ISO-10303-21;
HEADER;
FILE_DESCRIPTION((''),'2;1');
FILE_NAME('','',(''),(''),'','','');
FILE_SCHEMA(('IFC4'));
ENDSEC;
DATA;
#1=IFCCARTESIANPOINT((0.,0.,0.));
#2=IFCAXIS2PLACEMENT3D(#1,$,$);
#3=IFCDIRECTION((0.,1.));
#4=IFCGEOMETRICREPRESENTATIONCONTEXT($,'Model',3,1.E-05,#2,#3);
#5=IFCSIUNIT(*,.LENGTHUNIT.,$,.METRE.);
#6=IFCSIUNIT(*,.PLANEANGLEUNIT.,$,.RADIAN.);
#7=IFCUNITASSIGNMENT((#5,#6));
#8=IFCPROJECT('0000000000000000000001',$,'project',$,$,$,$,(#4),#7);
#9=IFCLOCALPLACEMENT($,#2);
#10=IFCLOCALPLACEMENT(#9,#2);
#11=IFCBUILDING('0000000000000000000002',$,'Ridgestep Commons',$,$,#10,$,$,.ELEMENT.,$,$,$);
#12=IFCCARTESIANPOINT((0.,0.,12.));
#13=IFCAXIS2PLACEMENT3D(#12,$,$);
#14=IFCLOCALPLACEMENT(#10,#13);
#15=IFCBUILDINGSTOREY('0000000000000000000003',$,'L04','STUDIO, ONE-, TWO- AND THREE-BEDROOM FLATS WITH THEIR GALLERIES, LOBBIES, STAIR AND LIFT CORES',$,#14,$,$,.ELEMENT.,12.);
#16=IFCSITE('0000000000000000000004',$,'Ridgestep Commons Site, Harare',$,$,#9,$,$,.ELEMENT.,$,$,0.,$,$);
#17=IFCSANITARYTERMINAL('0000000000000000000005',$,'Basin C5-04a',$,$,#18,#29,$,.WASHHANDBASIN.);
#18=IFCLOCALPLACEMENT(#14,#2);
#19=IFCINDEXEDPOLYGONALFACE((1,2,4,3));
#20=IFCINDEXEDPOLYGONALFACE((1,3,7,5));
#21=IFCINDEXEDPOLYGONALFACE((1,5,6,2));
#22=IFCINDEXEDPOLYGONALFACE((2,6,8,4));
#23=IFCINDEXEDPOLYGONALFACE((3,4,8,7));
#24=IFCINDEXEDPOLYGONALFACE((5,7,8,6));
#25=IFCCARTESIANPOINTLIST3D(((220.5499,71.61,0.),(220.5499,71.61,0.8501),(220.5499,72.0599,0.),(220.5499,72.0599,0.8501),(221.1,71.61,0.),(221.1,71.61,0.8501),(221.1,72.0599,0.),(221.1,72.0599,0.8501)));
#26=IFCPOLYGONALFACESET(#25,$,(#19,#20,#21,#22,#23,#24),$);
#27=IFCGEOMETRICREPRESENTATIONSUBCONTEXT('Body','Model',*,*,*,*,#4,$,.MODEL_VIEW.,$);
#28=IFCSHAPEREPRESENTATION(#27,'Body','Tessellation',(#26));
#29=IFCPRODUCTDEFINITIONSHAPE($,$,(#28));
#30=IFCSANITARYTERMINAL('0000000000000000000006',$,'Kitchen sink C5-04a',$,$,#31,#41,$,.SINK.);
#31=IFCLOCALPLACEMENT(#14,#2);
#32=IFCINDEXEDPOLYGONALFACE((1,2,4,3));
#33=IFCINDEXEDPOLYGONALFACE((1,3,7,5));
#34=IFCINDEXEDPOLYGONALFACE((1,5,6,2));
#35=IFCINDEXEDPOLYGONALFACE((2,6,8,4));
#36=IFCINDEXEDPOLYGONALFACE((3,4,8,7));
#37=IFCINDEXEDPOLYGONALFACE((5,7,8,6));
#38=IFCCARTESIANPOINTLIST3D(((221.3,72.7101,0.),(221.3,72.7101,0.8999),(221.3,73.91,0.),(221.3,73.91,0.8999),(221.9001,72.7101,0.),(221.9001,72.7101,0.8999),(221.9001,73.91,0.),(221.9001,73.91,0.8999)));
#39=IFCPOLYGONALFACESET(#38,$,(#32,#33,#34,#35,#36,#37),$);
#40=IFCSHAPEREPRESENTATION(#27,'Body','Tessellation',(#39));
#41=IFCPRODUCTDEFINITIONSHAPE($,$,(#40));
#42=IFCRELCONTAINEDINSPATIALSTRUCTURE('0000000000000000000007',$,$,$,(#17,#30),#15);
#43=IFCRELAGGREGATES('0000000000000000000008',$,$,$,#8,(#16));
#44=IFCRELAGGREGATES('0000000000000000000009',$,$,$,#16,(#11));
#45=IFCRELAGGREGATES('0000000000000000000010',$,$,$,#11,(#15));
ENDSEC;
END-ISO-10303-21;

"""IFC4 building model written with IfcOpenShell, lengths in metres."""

from ifc_helpers import new_model, si_unit, direction, frame, origin, origin_2d, place, context, subcontext, project, spatial, rectangle, extrude, element, save


model = new_model("IFC4")

# Units and contexts
model_context = context("Model", 3, precision=1e-05, world=origin(), true_north=direction((0.0, 1.0)))
body_context = subcontext(model_context, "Body", "Model", "MODEL_VIEW")
ifc_project = project(units=[si_unit("LENGTHUNIT", "METRE"), si_unit("PLANEANGLEUNIT", "RADIAN")], contexts=[model_context])

# Site, building, storey
site_placement = place(None, origin())
site = spatial("IfcSite", under=ifc_project, at=site_placement, Name="Ridgestep Commons Site, Harare", CompositionType="ELEMENT", RefElevation=0.0)
building_placement = place(site_placement, origin())
building = spatial("IfcBuilding", under=site, at=building_placement, Name="Ridgestep Commons", CompositionType="ELEMENT")
storey_placement = place(building_placement, frame((0.0, 0.0, 12.0)))
storey = spatial("IfcBuildingStorey", under=building, at=storey_placement, Name="L04", Description="STUDIO, ONE-, TWO- AND THREE-BEDROOM FLATS WITH THEIR GALLERIES, LOBBIES, STAIR AND LIFT CORES", CompositionType="ELEMENT", Elevation=12.0)

# Sanitary terminals
sanitary_terminal_1_placement = place(storey_placement, frame((220.825, 71.835, 0.0), z_axis=(0.0, 0.0, 1.0), x_axis=(1.0, 0.0, 0.0)))
element("IfcSanitaryTerminal", 1, at=sanitary_terminal_1_placement, inside=storey, Name="Basin C5-04a", PredefinedType="WASHHANDBASIN", context=body_context, shape_type="SweptSolid", body=[
    extrude(rectangle(XDim=0.55, YDim=0.45, at=origin_2d()), origin(), (0.0, 0.0, 1.0), 0.8501),
])
sanitary_terminal_2_placement = place(storey_placement, frame((221.6001, 73.3101, 0.0), z_axis=(0.0, 0.0, 1.0), x_axis=(1.0, 0.0, 0.0)))
element("IfcSanitaryTerminal", 2, at=sanitary_terminal_2_placement, inside=storey, Name="Kitchen sink C5-04a", PredefinedType="SINK", context=body_context, shape_type="SweptSolid", body=[
    extrude(rectangle(XDim=0.6001, YDim=1.2, at=origin_2d()), origin(), (0.0, 0.0, 1.0), 0.8999),
])

save(model, "model.ifc")
